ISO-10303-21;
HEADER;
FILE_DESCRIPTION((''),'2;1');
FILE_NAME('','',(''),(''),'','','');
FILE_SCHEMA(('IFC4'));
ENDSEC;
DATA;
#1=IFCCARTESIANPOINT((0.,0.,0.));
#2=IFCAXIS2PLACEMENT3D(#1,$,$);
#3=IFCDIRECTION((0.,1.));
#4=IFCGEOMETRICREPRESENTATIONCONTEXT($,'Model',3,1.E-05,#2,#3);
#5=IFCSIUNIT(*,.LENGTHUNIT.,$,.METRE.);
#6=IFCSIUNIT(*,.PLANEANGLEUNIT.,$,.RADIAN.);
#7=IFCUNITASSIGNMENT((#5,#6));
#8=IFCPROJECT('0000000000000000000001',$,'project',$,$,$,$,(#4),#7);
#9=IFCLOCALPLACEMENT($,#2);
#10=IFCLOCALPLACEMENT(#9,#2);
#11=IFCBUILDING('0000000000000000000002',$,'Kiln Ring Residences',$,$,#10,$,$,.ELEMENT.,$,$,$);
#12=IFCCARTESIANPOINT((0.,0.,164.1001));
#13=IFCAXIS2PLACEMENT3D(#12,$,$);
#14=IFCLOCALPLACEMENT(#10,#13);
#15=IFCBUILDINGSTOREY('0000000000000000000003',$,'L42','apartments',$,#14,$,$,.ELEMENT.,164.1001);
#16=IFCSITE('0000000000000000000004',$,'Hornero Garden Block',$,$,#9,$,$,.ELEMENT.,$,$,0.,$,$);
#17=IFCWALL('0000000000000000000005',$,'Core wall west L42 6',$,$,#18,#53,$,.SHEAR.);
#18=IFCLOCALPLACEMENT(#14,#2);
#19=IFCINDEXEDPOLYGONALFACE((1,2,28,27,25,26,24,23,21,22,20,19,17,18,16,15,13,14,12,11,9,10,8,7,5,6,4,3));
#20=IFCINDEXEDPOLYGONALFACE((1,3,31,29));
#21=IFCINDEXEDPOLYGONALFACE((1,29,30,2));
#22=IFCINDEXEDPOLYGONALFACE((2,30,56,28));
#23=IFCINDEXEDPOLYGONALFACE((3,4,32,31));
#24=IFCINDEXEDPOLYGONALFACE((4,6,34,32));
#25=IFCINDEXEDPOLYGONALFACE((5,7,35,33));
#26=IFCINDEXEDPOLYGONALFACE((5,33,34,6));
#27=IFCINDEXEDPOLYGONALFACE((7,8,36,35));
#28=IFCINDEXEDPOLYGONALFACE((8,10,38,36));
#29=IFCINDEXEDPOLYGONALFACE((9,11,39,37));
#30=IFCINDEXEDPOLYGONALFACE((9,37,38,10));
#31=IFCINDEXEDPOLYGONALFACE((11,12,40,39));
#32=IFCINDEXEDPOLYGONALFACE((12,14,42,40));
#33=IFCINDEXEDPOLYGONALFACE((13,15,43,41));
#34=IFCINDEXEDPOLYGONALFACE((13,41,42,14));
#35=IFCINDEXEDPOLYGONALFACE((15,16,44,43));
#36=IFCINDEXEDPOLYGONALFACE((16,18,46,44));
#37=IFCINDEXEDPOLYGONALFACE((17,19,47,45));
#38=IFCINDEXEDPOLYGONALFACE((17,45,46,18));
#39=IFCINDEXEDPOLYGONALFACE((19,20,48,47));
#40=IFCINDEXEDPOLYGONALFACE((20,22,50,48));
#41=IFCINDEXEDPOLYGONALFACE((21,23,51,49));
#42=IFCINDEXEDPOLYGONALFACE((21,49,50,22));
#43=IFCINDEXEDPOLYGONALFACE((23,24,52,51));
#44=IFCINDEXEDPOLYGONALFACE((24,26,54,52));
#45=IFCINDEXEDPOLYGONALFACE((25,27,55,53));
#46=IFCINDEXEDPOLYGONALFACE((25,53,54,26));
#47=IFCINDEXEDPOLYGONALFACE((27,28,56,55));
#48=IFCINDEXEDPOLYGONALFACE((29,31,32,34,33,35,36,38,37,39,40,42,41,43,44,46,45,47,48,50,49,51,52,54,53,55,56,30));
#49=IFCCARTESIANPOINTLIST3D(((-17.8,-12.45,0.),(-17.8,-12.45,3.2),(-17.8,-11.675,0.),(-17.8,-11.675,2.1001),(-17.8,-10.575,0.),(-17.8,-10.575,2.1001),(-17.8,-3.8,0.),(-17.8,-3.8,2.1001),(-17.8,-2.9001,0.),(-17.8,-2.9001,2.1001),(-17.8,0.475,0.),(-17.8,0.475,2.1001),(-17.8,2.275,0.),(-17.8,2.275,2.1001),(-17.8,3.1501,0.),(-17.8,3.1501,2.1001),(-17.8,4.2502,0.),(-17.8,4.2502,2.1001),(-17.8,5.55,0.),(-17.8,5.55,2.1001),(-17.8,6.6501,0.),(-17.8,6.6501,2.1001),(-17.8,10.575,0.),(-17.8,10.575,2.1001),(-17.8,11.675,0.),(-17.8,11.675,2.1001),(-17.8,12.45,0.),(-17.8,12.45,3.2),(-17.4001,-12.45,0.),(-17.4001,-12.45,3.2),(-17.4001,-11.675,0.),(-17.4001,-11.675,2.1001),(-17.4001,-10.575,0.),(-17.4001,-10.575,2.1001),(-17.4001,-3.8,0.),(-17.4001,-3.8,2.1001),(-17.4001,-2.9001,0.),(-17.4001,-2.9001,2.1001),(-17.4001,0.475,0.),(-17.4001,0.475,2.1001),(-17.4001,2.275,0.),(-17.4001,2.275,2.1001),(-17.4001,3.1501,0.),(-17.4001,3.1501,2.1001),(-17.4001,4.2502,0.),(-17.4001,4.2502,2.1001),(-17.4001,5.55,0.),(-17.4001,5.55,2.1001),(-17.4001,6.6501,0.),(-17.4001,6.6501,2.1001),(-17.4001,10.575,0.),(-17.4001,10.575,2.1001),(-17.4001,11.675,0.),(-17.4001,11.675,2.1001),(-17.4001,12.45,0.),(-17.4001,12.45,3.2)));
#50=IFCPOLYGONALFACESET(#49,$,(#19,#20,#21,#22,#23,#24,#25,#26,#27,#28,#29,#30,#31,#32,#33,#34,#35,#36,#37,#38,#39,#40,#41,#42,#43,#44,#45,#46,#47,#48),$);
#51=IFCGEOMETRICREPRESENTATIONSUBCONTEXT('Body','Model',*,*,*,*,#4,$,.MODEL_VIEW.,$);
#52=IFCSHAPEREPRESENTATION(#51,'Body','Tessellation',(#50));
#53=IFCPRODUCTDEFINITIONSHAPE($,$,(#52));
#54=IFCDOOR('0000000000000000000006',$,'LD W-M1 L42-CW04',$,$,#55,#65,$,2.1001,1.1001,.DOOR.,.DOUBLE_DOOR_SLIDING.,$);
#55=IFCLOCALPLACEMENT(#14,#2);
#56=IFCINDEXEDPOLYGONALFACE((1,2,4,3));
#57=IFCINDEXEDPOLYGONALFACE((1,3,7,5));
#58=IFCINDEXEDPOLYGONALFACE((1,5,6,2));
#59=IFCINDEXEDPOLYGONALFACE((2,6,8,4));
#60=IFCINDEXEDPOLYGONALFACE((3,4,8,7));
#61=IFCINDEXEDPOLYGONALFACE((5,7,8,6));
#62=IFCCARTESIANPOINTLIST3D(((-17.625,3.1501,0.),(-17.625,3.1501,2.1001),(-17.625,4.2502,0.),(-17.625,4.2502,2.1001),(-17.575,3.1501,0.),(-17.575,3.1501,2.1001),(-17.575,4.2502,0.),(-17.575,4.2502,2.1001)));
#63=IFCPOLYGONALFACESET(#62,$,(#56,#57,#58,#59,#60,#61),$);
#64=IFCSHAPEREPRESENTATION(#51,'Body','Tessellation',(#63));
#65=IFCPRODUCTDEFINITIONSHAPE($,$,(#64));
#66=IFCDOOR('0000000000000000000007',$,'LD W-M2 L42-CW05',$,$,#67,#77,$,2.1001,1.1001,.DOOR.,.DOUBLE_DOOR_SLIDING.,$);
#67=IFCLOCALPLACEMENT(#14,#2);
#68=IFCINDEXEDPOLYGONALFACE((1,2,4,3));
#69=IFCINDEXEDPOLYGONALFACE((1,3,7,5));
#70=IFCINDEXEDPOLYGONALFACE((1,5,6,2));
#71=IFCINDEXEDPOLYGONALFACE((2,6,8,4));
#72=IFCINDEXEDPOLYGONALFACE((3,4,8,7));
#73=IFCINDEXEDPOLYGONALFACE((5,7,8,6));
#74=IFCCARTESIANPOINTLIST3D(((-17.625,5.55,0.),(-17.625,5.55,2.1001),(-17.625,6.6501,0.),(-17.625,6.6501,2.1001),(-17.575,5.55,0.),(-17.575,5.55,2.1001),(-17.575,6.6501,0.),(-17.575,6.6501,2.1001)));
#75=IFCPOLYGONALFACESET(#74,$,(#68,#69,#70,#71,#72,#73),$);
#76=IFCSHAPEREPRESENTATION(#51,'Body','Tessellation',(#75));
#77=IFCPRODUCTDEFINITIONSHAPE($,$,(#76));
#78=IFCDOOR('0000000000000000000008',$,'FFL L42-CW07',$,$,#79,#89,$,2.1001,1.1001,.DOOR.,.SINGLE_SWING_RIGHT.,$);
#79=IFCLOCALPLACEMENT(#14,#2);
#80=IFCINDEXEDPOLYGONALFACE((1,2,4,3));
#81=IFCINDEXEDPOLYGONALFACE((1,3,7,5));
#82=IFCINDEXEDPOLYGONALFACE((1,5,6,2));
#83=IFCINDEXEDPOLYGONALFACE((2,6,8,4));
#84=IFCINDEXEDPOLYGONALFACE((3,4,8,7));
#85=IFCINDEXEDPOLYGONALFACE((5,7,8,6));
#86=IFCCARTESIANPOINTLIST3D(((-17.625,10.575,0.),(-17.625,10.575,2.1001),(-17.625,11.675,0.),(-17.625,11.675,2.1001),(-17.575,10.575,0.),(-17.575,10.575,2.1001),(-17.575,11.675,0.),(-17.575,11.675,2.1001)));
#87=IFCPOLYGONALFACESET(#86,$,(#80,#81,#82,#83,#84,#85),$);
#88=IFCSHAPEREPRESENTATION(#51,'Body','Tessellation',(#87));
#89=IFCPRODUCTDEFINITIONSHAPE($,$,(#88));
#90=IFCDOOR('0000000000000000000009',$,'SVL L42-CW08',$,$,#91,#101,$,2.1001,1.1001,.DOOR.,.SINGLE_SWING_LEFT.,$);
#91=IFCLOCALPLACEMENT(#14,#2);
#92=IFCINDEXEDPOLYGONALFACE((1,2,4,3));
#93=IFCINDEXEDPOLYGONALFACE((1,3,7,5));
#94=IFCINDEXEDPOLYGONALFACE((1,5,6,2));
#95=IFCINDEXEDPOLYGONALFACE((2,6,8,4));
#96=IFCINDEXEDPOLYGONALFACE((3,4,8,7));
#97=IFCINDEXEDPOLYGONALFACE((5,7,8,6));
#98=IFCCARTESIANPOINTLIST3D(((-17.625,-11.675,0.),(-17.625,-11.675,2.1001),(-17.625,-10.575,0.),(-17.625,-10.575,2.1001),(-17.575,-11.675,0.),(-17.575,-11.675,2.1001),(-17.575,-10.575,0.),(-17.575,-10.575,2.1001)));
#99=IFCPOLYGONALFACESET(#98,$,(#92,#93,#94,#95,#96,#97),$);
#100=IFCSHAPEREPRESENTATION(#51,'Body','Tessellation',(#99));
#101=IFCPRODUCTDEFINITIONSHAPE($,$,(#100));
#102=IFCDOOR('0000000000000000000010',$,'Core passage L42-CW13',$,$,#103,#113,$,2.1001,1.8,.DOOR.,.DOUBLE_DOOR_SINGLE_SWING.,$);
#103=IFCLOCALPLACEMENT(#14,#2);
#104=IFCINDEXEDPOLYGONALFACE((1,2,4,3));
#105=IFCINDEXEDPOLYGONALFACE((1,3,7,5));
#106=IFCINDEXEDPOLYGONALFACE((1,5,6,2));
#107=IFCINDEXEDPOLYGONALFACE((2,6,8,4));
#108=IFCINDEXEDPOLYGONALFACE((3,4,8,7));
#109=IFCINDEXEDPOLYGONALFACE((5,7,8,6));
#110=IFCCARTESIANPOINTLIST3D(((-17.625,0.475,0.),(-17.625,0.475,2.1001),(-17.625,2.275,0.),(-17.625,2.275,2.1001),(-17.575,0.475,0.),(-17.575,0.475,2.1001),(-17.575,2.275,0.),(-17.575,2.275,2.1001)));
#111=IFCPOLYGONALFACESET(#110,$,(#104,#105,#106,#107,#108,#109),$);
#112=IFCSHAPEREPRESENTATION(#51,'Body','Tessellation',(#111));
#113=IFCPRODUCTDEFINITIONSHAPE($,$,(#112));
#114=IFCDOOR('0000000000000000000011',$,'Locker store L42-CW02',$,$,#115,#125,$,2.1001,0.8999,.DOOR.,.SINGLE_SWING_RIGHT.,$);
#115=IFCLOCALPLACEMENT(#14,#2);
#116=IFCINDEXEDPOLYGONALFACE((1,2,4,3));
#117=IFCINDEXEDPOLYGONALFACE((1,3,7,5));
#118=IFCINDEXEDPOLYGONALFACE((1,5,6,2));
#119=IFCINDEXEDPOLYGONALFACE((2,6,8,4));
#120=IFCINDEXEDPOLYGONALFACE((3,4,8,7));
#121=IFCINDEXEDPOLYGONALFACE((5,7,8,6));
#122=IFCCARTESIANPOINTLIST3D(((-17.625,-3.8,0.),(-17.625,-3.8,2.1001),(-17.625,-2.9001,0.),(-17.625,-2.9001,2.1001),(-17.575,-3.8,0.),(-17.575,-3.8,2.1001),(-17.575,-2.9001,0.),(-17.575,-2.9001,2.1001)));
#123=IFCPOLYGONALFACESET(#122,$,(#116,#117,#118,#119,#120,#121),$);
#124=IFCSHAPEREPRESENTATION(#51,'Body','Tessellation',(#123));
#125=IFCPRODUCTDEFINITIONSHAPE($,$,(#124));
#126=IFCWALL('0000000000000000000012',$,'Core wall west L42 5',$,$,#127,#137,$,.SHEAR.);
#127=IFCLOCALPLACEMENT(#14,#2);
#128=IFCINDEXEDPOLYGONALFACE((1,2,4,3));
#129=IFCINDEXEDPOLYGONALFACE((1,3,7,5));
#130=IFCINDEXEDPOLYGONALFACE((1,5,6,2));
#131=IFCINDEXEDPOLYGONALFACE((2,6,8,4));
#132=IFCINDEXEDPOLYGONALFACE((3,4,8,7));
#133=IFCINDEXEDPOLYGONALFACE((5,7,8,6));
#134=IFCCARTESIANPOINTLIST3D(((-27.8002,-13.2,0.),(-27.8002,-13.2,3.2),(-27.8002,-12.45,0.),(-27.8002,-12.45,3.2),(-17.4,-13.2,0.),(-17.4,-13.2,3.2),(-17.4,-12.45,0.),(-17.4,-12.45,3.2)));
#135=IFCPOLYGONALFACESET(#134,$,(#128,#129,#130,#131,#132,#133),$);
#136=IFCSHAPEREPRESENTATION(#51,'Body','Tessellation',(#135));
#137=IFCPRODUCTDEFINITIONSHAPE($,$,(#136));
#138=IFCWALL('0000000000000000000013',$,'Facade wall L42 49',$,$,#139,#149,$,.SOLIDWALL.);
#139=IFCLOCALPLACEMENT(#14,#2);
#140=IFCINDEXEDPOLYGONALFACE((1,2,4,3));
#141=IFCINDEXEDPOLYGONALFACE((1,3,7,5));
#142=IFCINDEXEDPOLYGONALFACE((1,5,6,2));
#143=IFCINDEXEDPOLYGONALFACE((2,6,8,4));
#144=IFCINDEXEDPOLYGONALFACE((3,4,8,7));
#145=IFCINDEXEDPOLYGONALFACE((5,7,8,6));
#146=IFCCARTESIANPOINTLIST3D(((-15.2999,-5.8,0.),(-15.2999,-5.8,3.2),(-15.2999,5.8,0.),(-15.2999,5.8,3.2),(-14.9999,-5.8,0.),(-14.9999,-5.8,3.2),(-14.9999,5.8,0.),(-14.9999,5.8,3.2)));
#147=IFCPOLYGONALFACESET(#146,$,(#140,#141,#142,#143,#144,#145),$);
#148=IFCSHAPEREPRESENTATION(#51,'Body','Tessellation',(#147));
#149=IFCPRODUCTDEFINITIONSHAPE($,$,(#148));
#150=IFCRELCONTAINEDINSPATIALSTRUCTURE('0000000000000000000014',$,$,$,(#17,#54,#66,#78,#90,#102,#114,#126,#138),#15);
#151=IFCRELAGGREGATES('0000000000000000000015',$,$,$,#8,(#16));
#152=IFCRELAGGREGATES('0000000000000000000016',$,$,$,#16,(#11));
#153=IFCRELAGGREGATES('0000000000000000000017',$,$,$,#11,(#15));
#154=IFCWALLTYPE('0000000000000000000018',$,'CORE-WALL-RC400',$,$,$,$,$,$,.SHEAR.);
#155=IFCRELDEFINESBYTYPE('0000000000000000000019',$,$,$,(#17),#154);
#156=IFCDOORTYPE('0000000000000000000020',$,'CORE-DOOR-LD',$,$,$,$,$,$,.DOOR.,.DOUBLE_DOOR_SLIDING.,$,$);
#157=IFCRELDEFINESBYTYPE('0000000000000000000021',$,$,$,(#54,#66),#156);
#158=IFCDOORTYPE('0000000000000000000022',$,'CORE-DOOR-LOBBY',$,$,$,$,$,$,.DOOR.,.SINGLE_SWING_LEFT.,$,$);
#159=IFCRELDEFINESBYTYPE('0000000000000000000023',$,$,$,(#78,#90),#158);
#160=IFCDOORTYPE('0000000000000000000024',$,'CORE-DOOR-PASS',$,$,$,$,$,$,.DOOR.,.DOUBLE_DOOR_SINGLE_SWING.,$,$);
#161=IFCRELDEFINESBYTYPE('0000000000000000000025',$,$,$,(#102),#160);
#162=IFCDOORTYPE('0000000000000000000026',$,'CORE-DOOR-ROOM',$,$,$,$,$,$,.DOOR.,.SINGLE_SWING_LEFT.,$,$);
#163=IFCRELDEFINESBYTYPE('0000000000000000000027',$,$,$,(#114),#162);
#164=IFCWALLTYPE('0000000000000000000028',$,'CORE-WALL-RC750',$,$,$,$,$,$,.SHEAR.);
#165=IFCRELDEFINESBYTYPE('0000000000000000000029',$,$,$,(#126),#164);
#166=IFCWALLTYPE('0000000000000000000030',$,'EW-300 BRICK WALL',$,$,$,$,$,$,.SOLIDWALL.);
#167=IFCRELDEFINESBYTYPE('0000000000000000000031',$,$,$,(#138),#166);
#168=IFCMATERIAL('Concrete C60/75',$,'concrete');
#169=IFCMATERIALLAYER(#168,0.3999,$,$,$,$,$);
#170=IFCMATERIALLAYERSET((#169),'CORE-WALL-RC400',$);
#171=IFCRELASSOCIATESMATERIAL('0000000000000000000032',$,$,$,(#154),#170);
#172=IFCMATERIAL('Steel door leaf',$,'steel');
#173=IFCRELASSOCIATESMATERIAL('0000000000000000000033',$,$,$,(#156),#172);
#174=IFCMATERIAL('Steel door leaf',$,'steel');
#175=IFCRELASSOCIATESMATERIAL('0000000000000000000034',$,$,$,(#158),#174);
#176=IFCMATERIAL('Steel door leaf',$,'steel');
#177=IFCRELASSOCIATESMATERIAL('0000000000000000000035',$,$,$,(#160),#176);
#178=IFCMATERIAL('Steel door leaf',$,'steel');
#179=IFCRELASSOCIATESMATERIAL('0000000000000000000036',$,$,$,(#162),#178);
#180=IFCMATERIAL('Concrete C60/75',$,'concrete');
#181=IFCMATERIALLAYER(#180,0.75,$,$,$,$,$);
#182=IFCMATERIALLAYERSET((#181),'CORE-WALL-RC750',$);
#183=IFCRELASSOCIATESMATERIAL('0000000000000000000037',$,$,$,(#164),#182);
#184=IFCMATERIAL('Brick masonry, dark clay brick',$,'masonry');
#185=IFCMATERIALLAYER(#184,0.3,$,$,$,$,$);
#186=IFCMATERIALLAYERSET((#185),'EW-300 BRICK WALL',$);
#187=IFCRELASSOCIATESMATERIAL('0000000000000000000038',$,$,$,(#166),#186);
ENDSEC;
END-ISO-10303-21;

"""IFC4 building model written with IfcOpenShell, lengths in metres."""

from ifc_helpers import new_model, si_unit, direction, frame, frame_2d, origin, place, context, subcontext, project, spatial, rectangle, extrude, material, layer, layer_set, type_object, element, fill, save


model = new_model("IFC4")

# Units and contexts
model_context = context("Model", 3, precision=1e-05, world=origin(), true_north=direction((0.0, 1.0)))
body_context = subcontext(model_context, "Body", "Model", "MODEL_VIEW")
ifc_project = project(units=[si_unit("LENGTHUNIT", "METRE"), si_unit("PLANEANGLEUNIT", "RADIAN")], contexts=[model_context])

# Site, building, storey
site_placement = place(None, origin())
site = spatial("IfcSite", under=ifc_project, at=site_placement, Name="Hornero Garden Block", CompositionType="ELEMENT", RefElevation=0.0)
building_placement = place(site_placement, origin())
building = spatial("IfcBuilding", under=site, at=building_placement, Name="Kiln Ring Residences", CompositionType="ELEMENT")
storey_placement = place(building_placement, frame((0.0, 0.0, 164.1001)))
storey = spatial("IfcBuildingStorey", under=building, at=storey_placement, Name="L42", Description="apartments", CompositionType="ELEMENT", Elevation=164.1001)

# Wall, openings, doors
ifc_material_1 = material(Name="Concrete C60/75", Category="concrete")
ifc_layer_1 = layer(ifc_material_1, 0.3999)
ifc_layer_set_1 = layer_set([ifc_layer_1], Name="CORE-WALL-RC400")
wall_type_1 = type_object("IfcWallType", Name="CORE-WALL-RC400", PredefinedType="SHEAR", material=ifc_layer_set_1)
wall_1_placement = place(storey_placement, frame((-17.6001, -12.45, 0.0), z_axis=(0.0, 0.0, 1.0), x_axis=(0.0, 1.0, 0.0)))
wall_1 = element("IfcWall", 1, at=wall_1_placement, inside=storey, type_object=wall_type_1, Name="Core wall west L42 6", PredefinedType="SHEAR", context=body_context, shape_type="SweptSolid", body=[
    extrude(rectangle(XDim=24.8999, YDim=0.3999, at=frame_2d((12.45, 0.0))), origin(), (0.0, 0.0, 1.0), 3.2),
])
opening_1_placement = place(wall_1_placement, frame((8.6499, 0.0, 0.0)))
opening_1 = element("IfcOpeningElement", 2, at=opening_1_placement, cuts=wall_1, PredefinedType="OPENING", context=body_context, shape_type="SweptSolid", body=[
    extrude(rectangle(XDim=0.8999, YDim=2.1001, at=frame_2d((0.45, 1.05))), frame((0.0, 0.21, 0.0), z_axis=(0.0, -1.0, 0.0), x_axis=(1.0, 0.0, 0.0)), (0.0, 0.0, 1.0), 0.4199),
])
opening_2_placement = place(wall_1_placement, frame((15.6001, 0.0, 0.0)))
opening_2 = element("IfcOpeningElement", 3, at=opening_2_placement, cuts=wall_1, PredefinedType="OPENING", context=body_context, shape_type="SweptSolid", body=[
    extrude(rectangle(XDim=1.1001, YDim=2.1001, at=frame_2d((0.55, 1.05))), frame((0.0, 0.21, 0.0), z_axis=(0.0, -1.0, 0.0), x_axis=(1.0, 0.0, 0.0)), (0.0, 0.0, 1.0), 0.4199),
])
opening_3_placement = place(wall_1_placement, frame((18.0, 0.0, 0.0)))
opening_3 = element("IfcOpeningElement", 4, at=opening_3_placement, cuts=wall_1, PredefinedType="OPENING", context=body_context, shape_type="SweptSolid", body=[
    extrude(rectangle(XDim=1.1001, YDim=2.1001, at=frame_2d((0.55, 1.05))), frame((0.0, 0.21, 0.0), z_axis=(0.0, -1.0, 0.0), x_axis=(1.0, 0.0, 0.0)), (0.0, 0.0, 1.0), 0.4199),
])
opening_4_placement = place(wall_1_placement, frame((23.0249, 0.0, 0.0)))
opening_4 = element("IfcOpeningElement", 5, at=opening_4_placement, cuts=wall_1, PredefinedType="OPENING", context=body_context, shape_type="SweptSolid", body=[
    extrude(rectangle(XDim=1.1001, YDim=2.1001, at=frame_2d((0.55, 1.05))), frame((0.0, 0.21, 0.0), z_axis=(0.0, -1.0, 0.0), x_axis=(1.0, 0.0, 0.0)), (0.0, 0.0, 1.0), 0.4199),
])
opening_5_placement = place(wall_1_placement, frame((0.7749, 0.0, 0.0)))
opening_5 = element("IfcOpeningElement", 6, at=opening_5_placement, cuts=wall_1, PredefinedType="OPENING", context=body_context, shape_type="SweptSolid", body=[
    extrude(rectangle(XDim=1.1001, YDim=2.1001, at=frame_2d((0.55, 1.05))), frame((0.0, 0.21, 0.0), z_axis=(0.0, -1.0, 0.0), x_axis=(1.0, 0.0, 0.0)), (0.0, 0.0, 1.0), 0.4199),
])
opening_6_placement = place(wall_1_placement, frame((12.925, 0.0, 0.0)))
opening_6 = element("IfcOpeningElement", 7, at=opening_6_placement, cuts=wall_1, PredefinedType="OPENING", context=body_context, shape_type="SweptSolid", body=[
    extrude(rectangle(XDim=1.8, YDim=2.1001, at=frame_2d((0.8999, 1.05))), frame((0.0, 0.21, 0.0), z_axis=(0.0, -1.0, 0.0), x_axis=(1.0, 0.0, 0.0)), (0.0, 0.0, 1.0), 0.4199),
])
ifc_material_2 = material(Name="Steel door leaf", Category="steel")
door_type_1 = type_object("IfcDoorType", Name="CORE-DOOR-LD", OperationType="DOUBLE_DOOR_SLIDING", PredefinedType="DOOR", material=ifc_material_2)
door_1_placement = place(opening_2_placement, origin())
door_1 = element("IfcDoor", 8, at=door_1_placement, inside=storey, type_object=door_type_1, Name="LD W-M1 L42-CW04", OperationType="DOUBLE_DOOR_SLIDING", OverallHeight=2.1001, OverallWidth=1.1001, PredefinedType="DOOR", context=body_context, shape_type="SweptSolid", body=[
    extrude(rectangle(XDim=1.1001, YDim=2.1001, at=frame_2d((0.55, 1.05))), frame((0.0, 0.0249, 0.0), z_axis=(0.0, -1.0, 0.0), x_axis=(1.0, 0.0, 0.0)), (0.0, 0.0, 1.0), 0.05),
])
fill(opening_2, door_1)
door_2_placement = place(opening_3_placement, origin())
door_2 = element("IfcDoor", 9, at=door_2_placement, inside=storey, type_object=door_type_1, Name="LD W-M2 L42-CW05", OperationType="DOUBLE_DOOR_SLIDING", OverallHeight=2.1001, OverallWidth=1.1001, PredefinedType="DOOR", context=body_context, shape_type="SweptSolid", body=[
    extrude(rectangle(XDim=1.1001, YDim=2.1001, at=frame_2d((0.55, 1.05))), frame((0.0, 0.0249, 0.0), z_axis=(0.0, -1.0, 0.0), x_axis=(1.0, 0.0, 0.0)), (0.0, 0.0, 1.0), 0.05),
])
fill(opening_3, door_2)
ifc_material_3 = material(Name="Steel door leaf", Category="steel")
door_type_2 = type_object("IfcDoorType", Name="CORE-DOOR-LOBBY", OperationType="SINGLE_SWING_LEFT", PredefinedType="DOOR", material=ifc_material_3)
door_3_placement = place(opening_4_placement, origin())
door_3 = element("IfcDoor", 10, at=door_3_placement, inside=storey, type_object=door_type_2, Name="FFL L42-CW07", OperationType="SINGLE_SWING_RIGHT", OverallHeight=2.1001, OverallWidth=1.1001, PredefinedType="DOOR", context=body_context, shape_type="SweptSolid", body=[
    extrude(rectangle(XDim=1.1001, YDim=2.1001, at=frame_2d((0.55, 1.05))), frame((0.0, 0.0249, 0.0), z_axis=(0.0, -1.0, 0.0), x_axis=(1.0, 0.0, 0.0)), (0.0, 0.0, 1.0), 0.05),
])
fill(opening_4, door_3)
door_4_placement = place(opening_5_placement, origin())
door_4 = element("IfcDoor", 11, at=door_4_placement, inside=storey, type_object=door_type_2, Name="SVL L42-CW08", OperationType="SINGLE_SWING_LEFT", OverallHeight=2.1001, OverallWidth=1.1001, PredefinedType="DOOR", context=body_context, shape_type="SweptSolid", body=[
    extrude(rectangle(XDim=1.1001, YDim=2.1001, at=frame_2d((0.55, 1.05))), frame((0.0, 0.0249, 0.0), z_axis=(0.0, -1.0, 0.0), x_axis=(1.0, 0.0, 0.0)), (0.0, 0.0, 1.0), 0.05),
])
fill(opening_5, door_4)
ifc_material_4 = material(Name="Steel door leaf", Category="steel")
door_type_3 = type_object("IfcDoorType", Name="CORE-DOOR-PASS", OperationType="DOUBLE_DOOR_SINGLE_SWING", PredefinedType="DOOR", material=ifc_material_4)
door_5_placement = place(opening_6_placement, origin())
door_5 = element("IfcDoor", 12, at=door_5_placement, inside=storey, type_object=door_type_3, Name="Core passage L42-CW13", OperationType="DOUBLE_DOOR_SINGLE_SWING", OverallHeight=2.1001, OverallWidth=1.8, PredefinedType="DOOR", context=body_context, shape_type="SweptSolid", body=[
    extrude(rectangle(XDim=1.8, YDim=2.1001, at=frame_2d((0.8999, 1.05))), frame((0.0, 0.0249, 0.0), z_axis=(0.0, -1.0, 0.0), x_axis=(1.0, 0.0, 0.0)), (0.0, 0.0, 1.0), 0.05),
])
fill(opening_6, door_5)
ifc_material_5 = material(Name="Steel door leaf", Category="steel")
door_type_4 = type_object("IfcDoorType", Name="CORE-DOOR-ROOM", OperationType="SINGLE_SWING_LEFT", PredefinedType="DOOR", material=ifc_material_5)
door_6_placement = place(opening_1_placement, origin())
door_6 = element("IfcDoor", 13, at=door_6_placement, inside=storey, type_object=door_type_4, Name="Locker store L42-CW02", OperationType="SINGLE_SWING_RIGHT", OverallHeight=2.1001, OverallWidth=0.8999, PredefinedType="DOOR", context=body_context, shape_type="SweptSolid", body=[
    extrude(rectangle(XDim=0.8999, YDim=2.1001, at=frame_2d((0.45, 1.05))), frame((0.0, 0.0249, 0.0), z_axis=(0.0, -1.0, 0.0), x_axis=(1.0, 0.0, 0.0)), (0.0, 0.0, 1.0), 0.05),
])
fill(opening_1, door_6)

# Walls
ifc_material_6 = material(Name="Concrete C60/75", Category="concrete")
ifc_layer_2 = layer(ifc_material_6, 0.75)
ifc_layer_set_2 = layer_set([ifc_layer_2], Name="CORE-WALL-RC750")
wall_type_2 = type_object("IfcWallType", Name="CORE-WALL-RC750", PredefinedType="SHEAR", material=ifc_layer_set_2)
wall_2_placement = place(storey_placement, frame((-17.3999, -12.825, 0.0), z_axis=(0.0, 0.0, 1.0), x_axis=(-1.0, 0.0, 0.0)))
element("IfcWall", 14, at=wall_2_placement, inside=storey, type_object=wall_type_2, Name="Core wall west L42 5", PredefinedType="SHEAR", context=body_context, shape_type="SweptSolid", body=[
    extrude(rectangle(XDim=10.4001, YDim=0.75, at=frame_2d((5.2002, 0.0))), origin(), (0.0, 0.0, 1.0), 3.2),
])
ifc_material_7 = material(Name="Brick masonry, dark clay brick", Category="masonry")
ifc_layer_3 = layer(ifc_material_7, 0.3)
ifc_layer_set_3 = layer_set([ifc_layer_3], Name="EW-300 BRICK WALL")
wall_type_3 = type_object("IfcWallType", Name="EW-300 BRICK WALL", PredefinedType="SOLIDWALL", material=ifc_layer_set_3)
wall_3_placement = place(storey_placement, frame((-15.1499, -5.8, 0.0), z_axis=(0.0, 0.0, 1.0), x_axis=(0.0, 1.0, 0.0)))
element("IfcWall", 15, at=wall_3_placement, inside=storey, type_object=wall_type_3, Name="Facade wall L42 49", PredefinedType="SOLIDWALL", context=body_context, shape_type="SweptSolid", body=[
    extrude(rectangle(XDim=11.6001, YDim=0.3, at=frame_2d((5.8, 0.0))), origin(), (0.0, 0.0, 1.0), 3.2),
])

save(model, "model.ifc")
